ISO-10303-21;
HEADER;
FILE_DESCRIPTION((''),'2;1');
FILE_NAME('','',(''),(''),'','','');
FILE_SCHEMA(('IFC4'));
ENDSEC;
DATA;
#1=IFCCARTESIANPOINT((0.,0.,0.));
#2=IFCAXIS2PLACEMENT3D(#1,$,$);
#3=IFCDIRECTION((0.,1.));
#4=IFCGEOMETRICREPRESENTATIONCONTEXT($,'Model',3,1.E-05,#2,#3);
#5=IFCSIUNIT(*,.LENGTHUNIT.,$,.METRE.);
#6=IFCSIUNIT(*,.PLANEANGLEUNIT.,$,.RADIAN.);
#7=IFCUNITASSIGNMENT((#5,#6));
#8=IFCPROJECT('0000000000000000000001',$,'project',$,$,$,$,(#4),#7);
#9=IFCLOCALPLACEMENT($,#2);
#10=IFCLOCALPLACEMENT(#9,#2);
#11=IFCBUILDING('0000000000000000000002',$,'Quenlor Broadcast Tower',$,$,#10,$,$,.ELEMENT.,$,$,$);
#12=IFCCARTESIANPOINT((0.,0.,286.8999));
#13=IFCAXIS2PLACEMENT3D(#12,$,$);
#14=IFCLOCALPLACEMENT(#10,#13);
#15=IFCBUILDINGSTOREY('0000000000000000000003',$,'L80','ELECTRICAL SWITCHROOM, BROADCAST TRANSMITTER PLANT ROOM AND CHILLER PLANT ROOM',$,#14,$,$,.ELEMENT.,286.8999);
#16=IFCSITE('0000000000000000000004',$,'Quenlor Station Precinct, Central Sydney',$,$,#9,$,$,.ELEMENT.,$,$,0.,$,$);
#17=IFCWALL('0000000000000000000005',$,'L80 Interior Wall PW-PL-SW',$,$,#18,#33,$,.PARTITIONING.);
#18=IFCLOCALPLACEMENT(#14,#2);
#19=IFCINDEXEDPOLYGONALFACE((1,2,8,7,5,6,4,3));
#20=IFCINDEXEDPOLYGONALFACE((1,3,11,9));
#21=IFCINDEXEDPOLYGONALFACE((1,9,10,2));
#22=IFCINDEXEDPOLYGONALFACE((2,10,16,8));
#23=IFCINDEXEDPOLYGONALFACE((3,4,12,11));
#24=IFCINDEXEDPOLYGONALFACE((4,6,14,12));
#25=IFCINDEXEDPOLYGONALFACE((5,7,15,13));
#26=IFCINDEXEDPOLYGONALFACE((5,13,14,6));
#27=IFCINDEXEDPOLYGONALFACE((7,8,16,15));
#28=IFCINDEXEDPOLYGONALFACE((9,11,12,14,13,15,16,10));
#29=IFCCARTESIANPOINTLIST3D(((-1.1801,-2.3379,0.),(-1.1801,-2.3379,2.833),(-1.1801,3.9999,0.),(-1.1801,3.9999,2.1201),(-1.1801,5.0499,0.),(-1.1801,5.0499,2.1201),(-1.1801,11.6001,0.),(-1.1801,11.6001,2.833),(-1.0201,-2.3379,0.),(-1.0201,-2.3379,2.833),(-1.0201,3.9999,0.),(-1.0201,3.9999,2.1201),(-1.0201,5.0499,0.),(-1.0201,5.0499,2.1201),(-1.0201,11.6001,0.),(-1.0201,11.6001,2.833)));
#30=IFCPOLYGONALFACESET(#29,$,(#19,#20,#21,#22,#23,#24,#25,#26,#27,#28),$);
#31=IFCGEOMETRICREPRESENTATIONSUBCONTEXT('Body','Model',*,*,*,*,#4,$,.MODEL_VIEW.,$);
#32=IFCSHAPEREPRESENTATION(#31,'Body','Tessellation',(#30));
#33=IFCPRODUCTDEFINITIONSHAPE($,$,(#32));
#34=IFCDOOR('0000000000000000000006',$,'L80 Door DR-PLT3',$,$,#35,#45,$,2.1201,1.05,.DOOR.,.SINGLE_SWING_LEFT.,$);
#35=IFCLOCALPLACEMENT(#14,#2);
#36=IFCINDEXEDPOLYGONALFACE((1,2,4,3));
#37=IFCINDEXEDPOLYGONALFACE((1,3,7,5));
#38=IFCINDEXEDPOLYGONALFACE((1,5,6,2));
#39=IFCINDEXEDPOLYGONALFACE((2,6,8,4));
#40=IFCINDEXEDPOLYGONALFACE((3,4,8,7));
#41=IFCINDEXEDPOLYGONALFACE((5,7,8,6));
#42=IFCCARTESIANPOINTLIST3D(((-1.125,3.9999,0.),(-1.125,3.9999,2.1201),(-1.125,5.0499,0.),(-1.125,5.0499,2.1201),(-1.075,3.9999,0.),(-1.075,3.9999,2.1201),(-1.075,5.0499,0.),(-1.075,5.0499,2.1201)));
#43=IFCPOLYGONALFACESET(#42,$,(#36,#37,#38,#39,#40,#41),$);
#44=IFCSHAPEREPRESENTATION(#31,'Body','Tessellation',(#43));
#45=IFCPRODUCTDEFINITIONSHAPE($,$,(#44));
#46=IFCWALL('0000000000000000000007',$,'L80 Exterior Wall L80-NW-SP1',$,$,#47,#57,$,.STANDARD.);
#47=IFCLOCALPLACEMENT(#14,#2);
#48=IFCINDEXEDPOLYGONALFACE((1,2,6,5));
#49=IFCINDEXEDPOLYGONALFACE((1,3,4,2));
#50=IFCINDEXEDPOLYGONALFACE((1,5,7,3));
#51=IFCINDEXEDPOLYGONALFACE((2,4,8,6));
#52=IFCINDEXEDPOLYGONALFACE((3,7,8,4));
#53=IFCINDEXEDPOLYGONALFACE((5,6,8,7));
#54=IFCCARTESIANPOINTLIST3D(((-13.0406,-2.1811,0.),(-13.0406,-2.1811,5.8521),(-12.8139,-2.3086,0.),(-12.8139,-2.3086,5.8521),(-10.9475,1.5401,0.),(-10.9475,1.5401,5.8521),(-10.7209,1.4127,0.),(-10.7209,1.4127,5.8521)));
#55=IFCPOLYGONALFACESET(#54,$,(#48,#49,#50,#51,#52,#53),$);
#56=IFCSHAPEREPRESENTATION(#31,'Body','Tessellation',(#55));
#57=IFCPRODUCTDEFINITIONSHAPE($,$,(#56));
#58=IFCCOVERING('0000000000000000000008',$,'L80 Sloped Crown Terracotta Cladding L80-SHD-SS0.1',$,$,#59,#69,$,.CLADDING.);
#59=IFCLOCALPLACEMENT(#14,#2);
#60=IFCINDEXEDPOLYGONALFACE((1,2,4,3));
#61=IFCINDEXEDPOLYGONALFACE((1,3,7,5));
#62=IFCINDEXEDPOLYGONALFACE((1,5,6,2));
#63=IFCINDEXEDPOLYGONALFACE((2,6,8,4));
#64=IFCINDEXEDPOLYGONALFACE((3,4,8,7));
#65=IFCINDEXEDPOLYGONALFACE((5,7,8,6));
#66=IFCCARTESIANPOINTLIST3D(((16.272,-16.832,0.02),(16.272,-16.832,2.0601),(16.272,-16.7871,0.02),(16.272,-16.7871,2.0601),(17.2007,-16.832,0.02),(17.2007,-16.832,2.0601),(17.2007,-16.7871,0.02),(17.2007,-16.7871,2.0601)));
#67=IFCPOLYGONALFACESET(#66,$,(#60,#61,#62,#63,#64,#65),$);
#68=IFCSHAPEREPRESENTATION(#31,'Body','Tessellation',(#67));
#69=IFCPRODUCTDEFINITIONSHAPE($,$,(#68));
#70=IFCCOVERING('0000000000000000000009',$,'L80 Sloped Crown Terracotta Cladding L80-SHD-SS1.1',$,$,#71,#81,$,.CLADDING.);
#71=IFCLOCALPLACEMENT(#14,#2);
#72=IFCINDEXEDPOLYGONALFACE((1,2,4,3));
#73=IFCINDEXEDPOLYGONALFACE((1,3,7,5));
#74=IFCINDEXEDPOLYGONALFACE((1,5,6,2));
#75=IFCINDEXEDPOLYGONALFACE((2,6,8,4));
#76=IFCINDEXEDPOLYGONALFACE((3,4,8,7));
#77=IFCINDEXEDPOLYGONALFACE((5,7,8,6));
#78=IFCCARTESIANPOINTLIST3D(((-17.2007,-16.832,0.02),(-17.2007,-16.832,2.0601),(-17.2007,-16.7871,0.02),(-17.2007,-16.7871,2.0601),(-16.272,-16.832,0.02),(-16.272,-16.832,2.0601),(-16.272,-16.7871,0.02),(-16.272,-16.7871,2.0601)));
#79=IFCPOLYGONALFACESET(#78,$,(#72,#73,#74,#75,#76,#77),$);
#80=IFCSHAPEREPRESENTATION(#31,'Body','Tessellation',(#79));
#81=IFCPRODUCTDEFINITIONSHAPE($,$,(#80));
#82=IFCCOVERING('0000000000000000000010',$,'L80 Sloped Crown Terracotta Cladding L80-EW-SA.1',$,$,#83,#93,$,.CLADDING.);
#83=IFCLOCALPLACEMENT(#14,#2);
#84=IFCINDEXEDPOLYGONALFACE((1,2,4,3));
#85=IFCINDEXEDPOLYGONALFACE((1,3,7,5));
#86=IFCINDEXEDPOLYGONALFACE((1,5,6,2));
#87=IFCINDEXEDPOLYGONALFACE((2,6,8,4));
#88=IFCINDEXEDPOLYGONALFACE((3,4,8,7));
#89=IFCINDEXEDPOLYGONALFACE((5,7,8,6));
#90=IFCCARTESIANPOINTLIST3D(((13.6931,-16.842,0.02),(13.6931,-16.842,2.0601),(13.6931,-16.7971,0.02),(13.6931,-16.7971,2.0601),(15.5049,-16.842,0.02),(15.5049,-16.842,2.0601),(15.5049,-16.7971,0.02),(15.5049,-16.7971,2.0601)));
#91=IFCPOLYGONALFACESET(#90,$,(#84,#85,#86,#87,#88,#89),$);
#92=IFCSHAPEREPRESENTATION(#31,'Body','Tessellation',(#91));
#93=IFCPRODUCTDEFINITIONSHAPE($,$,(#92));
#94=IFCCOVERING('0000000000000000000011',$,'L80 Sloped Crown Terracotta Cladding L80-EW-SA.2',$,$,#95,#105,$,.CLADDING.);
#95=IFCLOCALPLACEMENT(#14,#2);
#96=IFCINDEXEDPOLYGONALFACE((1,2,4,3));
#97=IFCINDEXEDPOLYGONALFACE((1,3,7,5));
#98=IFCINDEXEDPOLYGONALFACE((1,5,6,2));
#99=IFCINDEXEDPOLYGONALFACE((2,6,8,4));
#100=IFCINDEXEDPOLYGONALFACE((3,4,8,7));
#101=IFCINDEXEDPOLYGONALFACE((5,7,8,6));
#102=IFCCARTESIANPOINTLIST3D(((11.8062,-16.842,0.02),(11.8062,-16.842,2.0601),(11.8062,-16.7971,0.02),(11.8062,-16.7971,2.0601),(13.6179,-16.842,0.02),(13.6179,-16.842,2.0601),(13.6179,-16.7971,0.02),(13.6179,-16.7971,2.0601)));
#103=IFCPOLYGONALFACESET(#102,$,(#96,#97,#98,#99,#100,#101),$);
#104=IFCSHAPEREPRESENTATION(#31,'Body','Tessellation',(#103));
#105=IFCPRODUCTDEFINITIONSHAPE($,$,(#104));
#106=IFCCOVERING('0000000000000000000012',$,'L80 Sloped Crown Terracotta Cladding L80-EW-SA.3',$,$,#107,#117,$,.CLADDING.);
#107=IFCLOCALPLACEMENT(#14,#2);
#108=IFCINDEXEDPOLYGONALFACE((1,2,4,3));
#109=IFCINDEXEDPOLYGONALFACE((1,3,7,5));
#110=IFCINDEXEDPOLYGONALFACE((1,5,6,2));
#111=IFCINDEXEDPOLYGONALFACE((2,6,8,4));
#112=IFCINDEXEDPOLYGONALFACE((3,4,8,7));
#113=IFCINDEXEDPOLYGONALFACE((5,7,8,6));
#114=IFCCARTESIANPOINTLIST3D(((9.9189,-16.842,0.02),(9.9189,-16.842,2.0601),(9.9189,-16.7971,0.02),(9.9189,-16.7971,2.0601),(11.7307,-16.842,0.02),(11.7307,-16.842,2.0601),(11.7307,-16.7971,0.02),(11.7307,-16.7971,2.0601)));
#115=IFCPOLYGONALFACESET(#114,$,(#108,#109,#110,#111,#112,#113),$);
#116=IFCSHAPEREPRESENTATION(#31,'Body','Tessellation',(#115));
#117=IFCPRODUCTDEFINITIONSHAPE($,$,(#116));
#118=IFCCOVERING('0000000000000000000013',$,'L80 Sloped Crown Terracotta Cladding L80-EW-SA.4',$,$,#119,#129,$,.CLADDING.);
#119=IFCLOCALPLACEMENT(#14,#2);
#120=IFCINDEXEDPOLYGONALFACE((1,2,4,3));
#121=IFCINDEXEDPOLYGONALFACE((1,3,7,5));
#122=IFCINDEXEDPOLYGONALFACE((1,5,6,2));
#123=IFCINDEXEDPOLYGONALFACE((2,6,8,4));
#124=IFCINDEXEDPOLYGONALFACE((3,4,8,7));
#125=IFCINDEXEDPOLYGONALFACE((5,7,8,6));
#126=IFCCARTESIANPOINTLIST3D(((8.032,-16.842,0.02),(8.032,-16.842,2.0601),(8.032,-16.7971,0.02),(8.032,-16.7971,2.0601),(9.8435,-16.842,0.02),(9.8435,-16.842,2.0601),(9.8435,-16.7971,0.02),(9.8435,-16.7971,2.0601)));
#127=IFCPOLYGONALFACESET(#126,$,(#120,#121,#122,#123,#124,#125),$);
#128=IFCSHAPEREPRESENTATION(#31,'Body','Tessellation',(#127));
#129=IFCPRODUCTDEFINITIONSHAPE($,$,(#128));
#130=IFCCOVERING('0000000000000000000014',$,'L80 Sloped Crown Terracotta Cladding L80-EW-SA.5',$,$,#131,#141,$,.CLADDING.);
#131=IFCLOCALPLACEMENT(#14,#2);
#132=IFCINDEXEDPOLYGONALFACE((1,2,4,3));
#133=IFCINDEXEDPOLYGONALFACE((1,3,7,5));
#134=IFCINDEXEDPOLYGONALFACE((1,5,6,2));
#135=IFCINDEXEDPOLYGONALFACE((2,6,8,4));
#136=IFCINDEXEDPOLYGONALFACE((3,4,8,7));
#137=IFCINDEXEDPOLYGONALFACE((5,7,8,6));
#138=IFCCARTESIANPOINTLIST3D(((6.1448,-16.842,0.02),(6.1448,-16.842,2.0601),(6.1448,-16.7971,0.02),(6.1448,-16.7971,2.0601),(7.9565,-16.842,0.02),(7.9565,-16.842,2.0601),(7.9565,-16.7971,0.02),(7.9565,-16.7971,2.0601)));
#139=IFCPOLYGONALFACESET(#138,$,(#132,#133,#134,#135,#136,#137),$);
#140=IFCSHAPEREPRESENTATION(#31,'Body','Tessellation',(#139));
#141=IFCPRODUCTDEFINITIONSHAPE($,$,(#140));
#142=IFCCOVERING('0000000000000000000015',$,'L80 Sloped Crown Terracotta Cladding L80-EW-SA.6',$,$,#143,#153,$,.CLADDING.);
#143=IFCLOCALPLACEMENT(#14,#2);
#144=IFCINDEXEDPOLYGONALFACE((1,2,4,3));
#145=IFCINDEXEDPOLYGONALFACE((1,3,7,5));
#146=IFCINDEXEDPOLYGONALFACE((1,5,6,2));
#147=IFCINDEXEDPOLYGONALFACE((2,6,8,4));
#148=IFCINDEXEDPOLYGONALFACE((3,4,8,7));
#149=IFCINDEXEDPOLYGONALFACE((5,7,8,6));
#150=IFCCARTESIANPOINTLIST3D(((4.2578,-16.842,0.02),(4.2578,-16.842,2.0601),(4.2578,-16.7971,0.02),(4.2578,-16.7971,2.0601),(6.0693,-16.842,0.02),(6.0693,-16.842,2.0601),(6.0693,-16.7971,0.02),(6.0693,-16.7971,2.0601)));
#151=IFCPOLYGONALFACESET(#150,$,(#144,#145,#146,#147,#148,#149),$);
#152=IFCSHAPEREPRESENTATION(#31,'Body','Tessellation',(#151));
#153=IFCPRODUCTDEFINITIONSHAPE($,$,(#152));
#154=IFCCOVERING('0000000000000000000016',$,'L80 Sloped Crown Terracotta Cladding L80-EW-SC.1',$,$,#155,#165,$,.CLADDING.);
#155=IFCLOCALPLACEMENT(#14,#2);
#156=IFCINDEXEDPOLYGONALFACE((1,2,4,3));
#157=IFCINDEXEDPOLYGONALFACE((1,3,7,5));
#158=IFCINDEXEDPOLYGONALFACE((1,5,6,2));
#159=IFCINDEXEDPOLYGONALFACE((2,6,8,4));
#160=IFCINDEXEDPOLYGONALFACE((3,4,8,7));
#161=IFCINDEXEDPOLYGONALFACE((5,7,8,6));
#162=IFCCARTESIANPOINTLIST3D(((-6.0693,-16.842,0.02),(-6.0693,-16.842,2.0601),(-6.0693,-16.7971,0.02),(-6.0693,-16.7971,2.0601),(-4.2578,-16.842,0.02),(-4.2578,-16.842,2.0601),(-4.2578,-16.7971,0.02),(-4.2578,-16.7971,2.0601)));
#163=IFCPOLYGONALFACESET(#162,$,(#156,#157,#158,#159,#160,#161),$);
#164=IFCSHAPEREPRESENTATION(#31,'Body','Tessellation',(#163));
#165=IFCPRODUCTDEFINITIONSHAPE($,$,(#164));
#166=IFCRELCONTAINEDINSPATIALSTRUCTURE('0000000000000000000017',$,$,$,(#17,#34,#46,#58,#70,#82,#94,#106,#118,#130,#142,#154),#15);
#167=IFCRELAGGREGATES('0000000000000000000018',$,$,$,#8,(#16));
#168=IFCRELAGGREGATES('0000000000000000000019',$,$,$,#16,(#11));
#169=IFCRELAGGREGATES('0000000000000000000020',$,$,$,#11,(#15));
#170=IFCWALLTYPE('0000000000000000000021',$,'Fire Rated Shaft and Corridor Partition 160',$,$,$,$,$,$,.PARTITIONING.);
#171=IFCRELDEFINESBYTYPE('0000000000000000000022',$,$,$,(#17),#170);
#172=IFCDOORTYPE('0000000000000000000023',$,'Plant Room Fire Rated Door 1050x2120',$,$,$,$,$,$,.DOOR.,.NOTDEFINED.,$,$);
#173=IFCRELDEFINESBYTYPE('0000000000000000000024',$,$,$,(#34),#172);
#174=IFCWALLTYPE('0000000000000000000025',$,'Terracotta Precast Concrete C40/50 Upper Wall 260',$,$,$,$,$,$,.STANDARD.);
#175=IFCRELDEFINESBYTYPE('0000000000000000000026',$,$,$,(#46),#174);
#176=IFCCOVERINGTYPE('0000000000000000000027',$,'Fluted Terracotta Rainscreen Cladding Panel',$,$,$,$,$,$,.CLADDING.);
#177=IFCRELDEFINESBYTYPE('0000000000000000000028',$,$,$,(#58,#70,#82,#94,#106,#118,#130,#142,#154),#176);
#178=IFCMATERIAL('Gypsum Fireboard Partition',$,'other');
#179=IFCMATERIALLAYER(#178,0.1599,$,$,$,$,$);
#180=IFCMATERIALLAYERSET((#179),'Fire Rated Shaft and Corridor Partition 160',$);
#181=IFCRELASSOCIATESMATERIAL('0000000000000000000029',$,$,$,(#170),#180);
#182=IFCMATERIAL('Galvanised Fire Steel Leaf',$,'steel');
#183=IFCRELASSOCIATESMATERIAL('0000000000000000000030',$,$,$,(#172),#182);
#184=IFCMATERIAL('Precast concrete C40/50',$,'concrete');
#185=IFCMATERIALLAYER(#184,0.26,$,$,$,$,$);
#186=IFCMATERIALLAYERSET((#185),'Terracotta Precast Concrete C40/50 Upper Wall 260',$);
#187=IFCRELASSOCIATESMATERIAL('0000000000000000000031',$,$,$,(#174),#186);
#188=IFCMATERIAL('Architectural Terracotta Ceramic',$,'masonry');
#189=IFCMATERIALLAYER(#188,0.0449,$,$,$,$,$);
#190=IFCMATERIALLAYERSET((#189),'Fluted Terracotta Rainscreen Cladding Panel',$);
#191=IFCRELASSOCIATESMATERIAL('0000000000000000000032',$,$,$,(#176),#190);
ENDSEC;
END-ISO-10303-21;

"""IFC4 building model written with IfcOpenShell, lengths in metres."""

from ifc_helpers import new_model, si_unit, direction, frame, frame_2d, origin, place, context, subcontext, project, spatial, polyline, rectangle, outline, extrude, material, layer, layer_set, type_object, element, fill, save


model = new_model("IFC4")

# Units and contexts
model_context = context("Model", 3, precision=1e-05, world=origin(), true_north=direction((0.0, 1.0)))
body_context = subcontext(model_context, "Body", "Model", "MODEL_VIEW")
ifc_project = project(units=[si_unit("LENGTHUNIT", "METRE"), si_unit("PLANEANGLEUNIT", "RADIAN")], contexts=[model_context])

# Site, building, storey
site_placement = place(None, origin())
site = spatial("IfcSite", under=ifc_project, at=site_placement, Name="Quenlor Station Precinct, Central Sydney", CompositionType="ELEMENT", RefElevation=0.0)
building_placement = place(site_placement, origin())
building = spatial("IfcBuilding", under=site, at=building_placement, Name="Quenlor Broadcast Tower", CompositionType="ELEMENT")
storey_placement = place(building_placement, frame((0.0, 0.0, 286.8999)))
storey = spatial("IfcBuildingStorey", under=building, at=storey_placement, Name="L80", Description="ELECTRICAL SWITCHROOM, BROADCAST TRANSMITTER PLANT ROOM AND CHILLER PLANT ROOM", CompositionType="ELEMENT", Elevation=286.8999)

# Shared definitions
ifc_material_1 = material(Name="Gypsum Fireboard Partition", Category="other")
ifc_layer_1 = layer(ifc_material_1, 0.1599)
ifc_layer_set_1 = layer_set([ifc_layer_1], Name="Fire Rated Shaft and Corridor Partition 160")
wall_type_1 = type_object("IfcWallType", Name="Fire Rated Shaft and Corridor Partition 160", PredefinedType="PARTITIONING", material=ifc_layer_set_1)

# Wall, opening, door
ifc_material_2 = material(Name="Galvanised Fire Steel Leaf", Category="steel")
door_type = type_object("IfcDoorType", Name="Plant Room Fire Rated Door 1050x2120", OperationType="NOTDEFINED", PredefinedType="DOOR", material=ifc_material_2)
wall_1_placement = place(storey_placement, frame((-1.1001, -2.3379, 0.0), z_axis=(0.0, 0.0, 1.0), x_axis=(0.0, 1.0, 0.0)))
wall_1 = element("IfcWall", 1, at=wall_1_placement, inside=storey, type_object=wall_type_1, Name="L80 Interior Wall PW-PL-SW", PredefinedType="PARTITIONING", context=body_context, shape_type="SweptSolid", body=[
    extrude(rectangle(XDim=13.938, YDim=0.1599, at=frame_2d((6.969, 0.0))), origin(), (0.0, 0.0, 1.0), 2.833),
])
opening_1_placement = place(wall_1_placement, frame((6.3379, 0.0, 0.0)))
opening_1 = element("IfcOpeningElement", 2, at=opening_1_placement, cuts=wall_1, PredefinedType="OPENING", context=body_context, shape_type="SweptSolid", body=[
    extrude(rectangle(XDim=1.05, YDim=2.1201, at=frame_2d((0.5249, 1.0601))), frame((0.0, 0.0898, 0.0), z_axis=(0.0, -1.0, 0.0), x_axis=(1.0, 0.0, 0.0)), (0.0, 0.0, 1.0), 0.1799),
])
door_1_placement = place(opening_1_placement, origin())
door_1 = element("IfcDoor", 3, at=door_1_placement, inside=storey, type_object=door_type, Name="L80 Door DR-PLT3", OperationType="SINGLE_SWING_LEFT", OverallHeight=2.1201, OverallWidth=1.05, PredefinedType="DOOR", context=body_context, shape_type="SweptSolid", body=[
    extrude(rectangle(XDim=1.05, YDim=2.1201, at=frame_2d((0.5249, 1.0601))), frame((0.0, 0.0249, 0.0), z_axis=(0.0, -1.0, 0.0), x_axis=(1.0, 0.0, 0.0)), (0.0, 0.0, 1.0), 0.05),
])
fill(opening_1, door_1)

# Wall
ifc_material_3 = material(Name="Precast concrete C40/50", Category="concrete")
ifc_layer_2 = layer(ifc_material_3, 0.26)
ifc_layer_set_2 = layer_set([ifc_layer_2], Name="Terracotta Precast Concrete C40/50 Upper Wall 260")
wall_type_2 = type_object("IfcWallType", Name="Terracotta Precast Concrete C40/50 Upper Wall 260", PredefinedType="STANDARD", material=ifc_layer_set_2)
wall_2_placement = place(storey_placement, frame((-12.9272, -2.2449, 0.0), z_axis=(0.0, 0.0, 1.0), x_axis=(0.490234, 0.871591, 0.0)))
element("IfcWall", 4, at=wall_2_placement, inside=storey, type_object=wall_type_2, Name="L80 Exterior Wall L80-NW-SP1", PredefinedType="STANDARD", context=body_context, shape_type="SweptSolid", body=[
    extrude(rectangle(XDim=4.2695, YDim=0.26, at=frame_2d((2.1348, 0.0))), origin(), (0.0, 0.0, 1.0), 5.8521),
])

# Coverings
ifc_material_4 = material(Name="Architectural Terracotta Ceramic", Category="masonry")
ifc_layer_3 = layer(ifc_material_4, 0.0449)
ifc_layer_set_3 = layer_set([ifc_layer_3], Name="Fluted Terracotta Rainscreen Cladding Panel")
covering_type = type_object("IfcCoveringType", Name="Fluted Terracotta Rainscreen Cladding Panel", PredefinedType="CLADDING", material=ifc_layer_set_3)
covering_1_placement = place(storey_placement, frame((0.0, 0.0, 0.02)))
element("IfcCovering", 5, at=covering_1_placement, inside=storey, type_object=covering_type, Name="L80 Sloped Crown Terracotta Cladding L80-SHD-SS0.1", PredefinedType="CLADDING", context=body_context, shape_type="SweptSolid", body=[
    extrude(outline(polyline([(17.2007, -16.7871), (16.272, -16.7871), (16.272, -16.832), (17.2007, -16.832), (17.2007, -16.7871)])), origin(), (0.0, 0.0, 1.0), 2.04),
])
covering_2_placement = place(storey_placement, frame((0.0, 0.0, 0.02)))
element("IfcCovering", 6, at=covering_2_placement, inside=storey, type_object=covering_type, Name="L80 Sloped Crown Terracotta Cladding L80-SHD-SS1.1", PredefinedType="CLADDING", context=body_context, shape_type="SweptSolid", body=[
    extrude(outline(polyline([(-16.272, -16.7871), (-17.2007, -16.7871), (-17.2007, -16.832), (-16.272, -16.832), (-16.272, -16.7871)])), origin(), (0.0, 0.0, 1.0), 2.04),
])
covering_3_placement = place(storey_placement, frame((0.0, 0.0, 0.02)))
element("IfcCovering", 7, at=covering_3_placement, inside=storey, type_object=covering_type, Name="L80 Sloped Crown Terracotta Cladding L80-EW-SA.1", PredefinedType="CLADDING", context=body_context, shape_type="SweptSolid", body=[
    extrude(outline(polyline([(15.5049, -16.7971), (13.6931, -16.7971), (13.6931, -16.842), (15.5049, -16.842), (15.5049, -16.7971)])), origin(), (0.0, 0.0, 1.0), 2.04),
])
covering_4_placement = place(storey_placement, frame((0.0, 0.0, 0.02)))
element("IfcCovering", 8, at=covering_4_placement, inside=storey, type_object=covering_type, Name="L80 Sloped Crown Terracotta Cladding L80-EW-SA.2", PredefinedType="CLADDING", context=body_context, shape_type="SweptSolid", body=[
    extrude(outline(polyline([(13.6179, -16.7971), (11.8062, -16.7971), (11.8062, -16.842), (13.6179, -16.842), (13.6179, -16.7971)])), origin(), (0.0, 0.0, 1.0), 2.04),
])
covering_5_placement = place(storey_placement, frame((0.0, 0.0, 0.02)))
element("IfcCovering", 9, at=covering_5_placement, inside=storey, type_object=covering_type, Name="L80 Sloped Crown Terracotta Cladding L80-EW-SA.3", PredefinedType="CLADDING", context=body_context, shape_type="SweptSolid", body=[
    extrude(outline(polyline([(11.7307, -16.7971), (9.9189, -16.7971), (9.9189, -16.842), (11.7307, -16.842), (11.7307, -16.7971)])), origin(), (0.0, 0.0, 1.0), 2.04),
])
covering_6_placement = place(storey_placement, frame((0.0, 0.0, 0.02)))
element("IfcCovering", 10, at=covering_6_placement, inside=storey, type_object=covering_type, Name="L80 Sloped Crown Terracotta Cladding L80-EW-SA.4", PredefinedType="CLADDING", context=body_context, shape_type="SweptSolid", body=[
    extrude(outline(polyline([(9.8435, -16.7971), (8.032, -16.7971), (8.032, -16.842), (9.8435, -16.842), (9.8435, -16.7971)])), origin(), (0.0, 0.0, 1.0), 2.04),
])
covering_7_placement = place(storey_placement, frame((0.0, 0.0, 0.02)))
element("IfcCovering", 11, at=covering_7_placement, inside=storey, type_object=covering_type, Name="L80 Sloped Crown Terracotta Cladding L80-EW-SA.5", PredefinedType="CLADDING", context=body_context, shape_type="SweptSolid", body=[
    extrude(outline(polyline([(7.9565, -16.7971), (6.1448, -16.7971), (6.1448, -16.842), (7.9565, -16.842), (7.9565, -16.7971)])), origin(), (0.0, 0.0, 1.0), 2.04),
])
covering_8_placement = place(storey_placement, frame((0.0, 0.0, 0.02)))
element("IfcCovering", 12, at=covering_8_placement, inside=storey, type_object=covering_type, Name="L80 Sloped Crown Terracotta Cladding L80-EW-SA.6", PredefinedType="CLADDING", context=body_context, shape_type="SweptSolid", body=[
    extrude(outline(polyline([(6.0693, -16.7971), (4.2578, -16.7971), (4.2578, -16.842), (6.0693, -16.842), (6.0693, -16.7971)])), origin(), (0.0, 0.0, 1.0), 2.04),
])
covering_9_placement = place(storey_placement, frame((0.0, 0.0, 0.02)))
element("IfcCovering", 13, at=covering_9_placement, inside=storey, type_object=covering_type, Name="L80 Sloped Crown Terracotta Cladding L80-EW-SC.1", PredefinedType="CLADDING", context=body_context, shape_type="SweptSolid", body=[
    extrude(outline(polyline([(-4.2578, -16.7971), (-6.0693, -16.7971), (-6.0693, -16.842), (-4.2578, -16.842), (-4.2578, -16.7971)])), origin(), (0.0, 0.0, 1.0), 2.04),
])

save(model, "model.ifc")
